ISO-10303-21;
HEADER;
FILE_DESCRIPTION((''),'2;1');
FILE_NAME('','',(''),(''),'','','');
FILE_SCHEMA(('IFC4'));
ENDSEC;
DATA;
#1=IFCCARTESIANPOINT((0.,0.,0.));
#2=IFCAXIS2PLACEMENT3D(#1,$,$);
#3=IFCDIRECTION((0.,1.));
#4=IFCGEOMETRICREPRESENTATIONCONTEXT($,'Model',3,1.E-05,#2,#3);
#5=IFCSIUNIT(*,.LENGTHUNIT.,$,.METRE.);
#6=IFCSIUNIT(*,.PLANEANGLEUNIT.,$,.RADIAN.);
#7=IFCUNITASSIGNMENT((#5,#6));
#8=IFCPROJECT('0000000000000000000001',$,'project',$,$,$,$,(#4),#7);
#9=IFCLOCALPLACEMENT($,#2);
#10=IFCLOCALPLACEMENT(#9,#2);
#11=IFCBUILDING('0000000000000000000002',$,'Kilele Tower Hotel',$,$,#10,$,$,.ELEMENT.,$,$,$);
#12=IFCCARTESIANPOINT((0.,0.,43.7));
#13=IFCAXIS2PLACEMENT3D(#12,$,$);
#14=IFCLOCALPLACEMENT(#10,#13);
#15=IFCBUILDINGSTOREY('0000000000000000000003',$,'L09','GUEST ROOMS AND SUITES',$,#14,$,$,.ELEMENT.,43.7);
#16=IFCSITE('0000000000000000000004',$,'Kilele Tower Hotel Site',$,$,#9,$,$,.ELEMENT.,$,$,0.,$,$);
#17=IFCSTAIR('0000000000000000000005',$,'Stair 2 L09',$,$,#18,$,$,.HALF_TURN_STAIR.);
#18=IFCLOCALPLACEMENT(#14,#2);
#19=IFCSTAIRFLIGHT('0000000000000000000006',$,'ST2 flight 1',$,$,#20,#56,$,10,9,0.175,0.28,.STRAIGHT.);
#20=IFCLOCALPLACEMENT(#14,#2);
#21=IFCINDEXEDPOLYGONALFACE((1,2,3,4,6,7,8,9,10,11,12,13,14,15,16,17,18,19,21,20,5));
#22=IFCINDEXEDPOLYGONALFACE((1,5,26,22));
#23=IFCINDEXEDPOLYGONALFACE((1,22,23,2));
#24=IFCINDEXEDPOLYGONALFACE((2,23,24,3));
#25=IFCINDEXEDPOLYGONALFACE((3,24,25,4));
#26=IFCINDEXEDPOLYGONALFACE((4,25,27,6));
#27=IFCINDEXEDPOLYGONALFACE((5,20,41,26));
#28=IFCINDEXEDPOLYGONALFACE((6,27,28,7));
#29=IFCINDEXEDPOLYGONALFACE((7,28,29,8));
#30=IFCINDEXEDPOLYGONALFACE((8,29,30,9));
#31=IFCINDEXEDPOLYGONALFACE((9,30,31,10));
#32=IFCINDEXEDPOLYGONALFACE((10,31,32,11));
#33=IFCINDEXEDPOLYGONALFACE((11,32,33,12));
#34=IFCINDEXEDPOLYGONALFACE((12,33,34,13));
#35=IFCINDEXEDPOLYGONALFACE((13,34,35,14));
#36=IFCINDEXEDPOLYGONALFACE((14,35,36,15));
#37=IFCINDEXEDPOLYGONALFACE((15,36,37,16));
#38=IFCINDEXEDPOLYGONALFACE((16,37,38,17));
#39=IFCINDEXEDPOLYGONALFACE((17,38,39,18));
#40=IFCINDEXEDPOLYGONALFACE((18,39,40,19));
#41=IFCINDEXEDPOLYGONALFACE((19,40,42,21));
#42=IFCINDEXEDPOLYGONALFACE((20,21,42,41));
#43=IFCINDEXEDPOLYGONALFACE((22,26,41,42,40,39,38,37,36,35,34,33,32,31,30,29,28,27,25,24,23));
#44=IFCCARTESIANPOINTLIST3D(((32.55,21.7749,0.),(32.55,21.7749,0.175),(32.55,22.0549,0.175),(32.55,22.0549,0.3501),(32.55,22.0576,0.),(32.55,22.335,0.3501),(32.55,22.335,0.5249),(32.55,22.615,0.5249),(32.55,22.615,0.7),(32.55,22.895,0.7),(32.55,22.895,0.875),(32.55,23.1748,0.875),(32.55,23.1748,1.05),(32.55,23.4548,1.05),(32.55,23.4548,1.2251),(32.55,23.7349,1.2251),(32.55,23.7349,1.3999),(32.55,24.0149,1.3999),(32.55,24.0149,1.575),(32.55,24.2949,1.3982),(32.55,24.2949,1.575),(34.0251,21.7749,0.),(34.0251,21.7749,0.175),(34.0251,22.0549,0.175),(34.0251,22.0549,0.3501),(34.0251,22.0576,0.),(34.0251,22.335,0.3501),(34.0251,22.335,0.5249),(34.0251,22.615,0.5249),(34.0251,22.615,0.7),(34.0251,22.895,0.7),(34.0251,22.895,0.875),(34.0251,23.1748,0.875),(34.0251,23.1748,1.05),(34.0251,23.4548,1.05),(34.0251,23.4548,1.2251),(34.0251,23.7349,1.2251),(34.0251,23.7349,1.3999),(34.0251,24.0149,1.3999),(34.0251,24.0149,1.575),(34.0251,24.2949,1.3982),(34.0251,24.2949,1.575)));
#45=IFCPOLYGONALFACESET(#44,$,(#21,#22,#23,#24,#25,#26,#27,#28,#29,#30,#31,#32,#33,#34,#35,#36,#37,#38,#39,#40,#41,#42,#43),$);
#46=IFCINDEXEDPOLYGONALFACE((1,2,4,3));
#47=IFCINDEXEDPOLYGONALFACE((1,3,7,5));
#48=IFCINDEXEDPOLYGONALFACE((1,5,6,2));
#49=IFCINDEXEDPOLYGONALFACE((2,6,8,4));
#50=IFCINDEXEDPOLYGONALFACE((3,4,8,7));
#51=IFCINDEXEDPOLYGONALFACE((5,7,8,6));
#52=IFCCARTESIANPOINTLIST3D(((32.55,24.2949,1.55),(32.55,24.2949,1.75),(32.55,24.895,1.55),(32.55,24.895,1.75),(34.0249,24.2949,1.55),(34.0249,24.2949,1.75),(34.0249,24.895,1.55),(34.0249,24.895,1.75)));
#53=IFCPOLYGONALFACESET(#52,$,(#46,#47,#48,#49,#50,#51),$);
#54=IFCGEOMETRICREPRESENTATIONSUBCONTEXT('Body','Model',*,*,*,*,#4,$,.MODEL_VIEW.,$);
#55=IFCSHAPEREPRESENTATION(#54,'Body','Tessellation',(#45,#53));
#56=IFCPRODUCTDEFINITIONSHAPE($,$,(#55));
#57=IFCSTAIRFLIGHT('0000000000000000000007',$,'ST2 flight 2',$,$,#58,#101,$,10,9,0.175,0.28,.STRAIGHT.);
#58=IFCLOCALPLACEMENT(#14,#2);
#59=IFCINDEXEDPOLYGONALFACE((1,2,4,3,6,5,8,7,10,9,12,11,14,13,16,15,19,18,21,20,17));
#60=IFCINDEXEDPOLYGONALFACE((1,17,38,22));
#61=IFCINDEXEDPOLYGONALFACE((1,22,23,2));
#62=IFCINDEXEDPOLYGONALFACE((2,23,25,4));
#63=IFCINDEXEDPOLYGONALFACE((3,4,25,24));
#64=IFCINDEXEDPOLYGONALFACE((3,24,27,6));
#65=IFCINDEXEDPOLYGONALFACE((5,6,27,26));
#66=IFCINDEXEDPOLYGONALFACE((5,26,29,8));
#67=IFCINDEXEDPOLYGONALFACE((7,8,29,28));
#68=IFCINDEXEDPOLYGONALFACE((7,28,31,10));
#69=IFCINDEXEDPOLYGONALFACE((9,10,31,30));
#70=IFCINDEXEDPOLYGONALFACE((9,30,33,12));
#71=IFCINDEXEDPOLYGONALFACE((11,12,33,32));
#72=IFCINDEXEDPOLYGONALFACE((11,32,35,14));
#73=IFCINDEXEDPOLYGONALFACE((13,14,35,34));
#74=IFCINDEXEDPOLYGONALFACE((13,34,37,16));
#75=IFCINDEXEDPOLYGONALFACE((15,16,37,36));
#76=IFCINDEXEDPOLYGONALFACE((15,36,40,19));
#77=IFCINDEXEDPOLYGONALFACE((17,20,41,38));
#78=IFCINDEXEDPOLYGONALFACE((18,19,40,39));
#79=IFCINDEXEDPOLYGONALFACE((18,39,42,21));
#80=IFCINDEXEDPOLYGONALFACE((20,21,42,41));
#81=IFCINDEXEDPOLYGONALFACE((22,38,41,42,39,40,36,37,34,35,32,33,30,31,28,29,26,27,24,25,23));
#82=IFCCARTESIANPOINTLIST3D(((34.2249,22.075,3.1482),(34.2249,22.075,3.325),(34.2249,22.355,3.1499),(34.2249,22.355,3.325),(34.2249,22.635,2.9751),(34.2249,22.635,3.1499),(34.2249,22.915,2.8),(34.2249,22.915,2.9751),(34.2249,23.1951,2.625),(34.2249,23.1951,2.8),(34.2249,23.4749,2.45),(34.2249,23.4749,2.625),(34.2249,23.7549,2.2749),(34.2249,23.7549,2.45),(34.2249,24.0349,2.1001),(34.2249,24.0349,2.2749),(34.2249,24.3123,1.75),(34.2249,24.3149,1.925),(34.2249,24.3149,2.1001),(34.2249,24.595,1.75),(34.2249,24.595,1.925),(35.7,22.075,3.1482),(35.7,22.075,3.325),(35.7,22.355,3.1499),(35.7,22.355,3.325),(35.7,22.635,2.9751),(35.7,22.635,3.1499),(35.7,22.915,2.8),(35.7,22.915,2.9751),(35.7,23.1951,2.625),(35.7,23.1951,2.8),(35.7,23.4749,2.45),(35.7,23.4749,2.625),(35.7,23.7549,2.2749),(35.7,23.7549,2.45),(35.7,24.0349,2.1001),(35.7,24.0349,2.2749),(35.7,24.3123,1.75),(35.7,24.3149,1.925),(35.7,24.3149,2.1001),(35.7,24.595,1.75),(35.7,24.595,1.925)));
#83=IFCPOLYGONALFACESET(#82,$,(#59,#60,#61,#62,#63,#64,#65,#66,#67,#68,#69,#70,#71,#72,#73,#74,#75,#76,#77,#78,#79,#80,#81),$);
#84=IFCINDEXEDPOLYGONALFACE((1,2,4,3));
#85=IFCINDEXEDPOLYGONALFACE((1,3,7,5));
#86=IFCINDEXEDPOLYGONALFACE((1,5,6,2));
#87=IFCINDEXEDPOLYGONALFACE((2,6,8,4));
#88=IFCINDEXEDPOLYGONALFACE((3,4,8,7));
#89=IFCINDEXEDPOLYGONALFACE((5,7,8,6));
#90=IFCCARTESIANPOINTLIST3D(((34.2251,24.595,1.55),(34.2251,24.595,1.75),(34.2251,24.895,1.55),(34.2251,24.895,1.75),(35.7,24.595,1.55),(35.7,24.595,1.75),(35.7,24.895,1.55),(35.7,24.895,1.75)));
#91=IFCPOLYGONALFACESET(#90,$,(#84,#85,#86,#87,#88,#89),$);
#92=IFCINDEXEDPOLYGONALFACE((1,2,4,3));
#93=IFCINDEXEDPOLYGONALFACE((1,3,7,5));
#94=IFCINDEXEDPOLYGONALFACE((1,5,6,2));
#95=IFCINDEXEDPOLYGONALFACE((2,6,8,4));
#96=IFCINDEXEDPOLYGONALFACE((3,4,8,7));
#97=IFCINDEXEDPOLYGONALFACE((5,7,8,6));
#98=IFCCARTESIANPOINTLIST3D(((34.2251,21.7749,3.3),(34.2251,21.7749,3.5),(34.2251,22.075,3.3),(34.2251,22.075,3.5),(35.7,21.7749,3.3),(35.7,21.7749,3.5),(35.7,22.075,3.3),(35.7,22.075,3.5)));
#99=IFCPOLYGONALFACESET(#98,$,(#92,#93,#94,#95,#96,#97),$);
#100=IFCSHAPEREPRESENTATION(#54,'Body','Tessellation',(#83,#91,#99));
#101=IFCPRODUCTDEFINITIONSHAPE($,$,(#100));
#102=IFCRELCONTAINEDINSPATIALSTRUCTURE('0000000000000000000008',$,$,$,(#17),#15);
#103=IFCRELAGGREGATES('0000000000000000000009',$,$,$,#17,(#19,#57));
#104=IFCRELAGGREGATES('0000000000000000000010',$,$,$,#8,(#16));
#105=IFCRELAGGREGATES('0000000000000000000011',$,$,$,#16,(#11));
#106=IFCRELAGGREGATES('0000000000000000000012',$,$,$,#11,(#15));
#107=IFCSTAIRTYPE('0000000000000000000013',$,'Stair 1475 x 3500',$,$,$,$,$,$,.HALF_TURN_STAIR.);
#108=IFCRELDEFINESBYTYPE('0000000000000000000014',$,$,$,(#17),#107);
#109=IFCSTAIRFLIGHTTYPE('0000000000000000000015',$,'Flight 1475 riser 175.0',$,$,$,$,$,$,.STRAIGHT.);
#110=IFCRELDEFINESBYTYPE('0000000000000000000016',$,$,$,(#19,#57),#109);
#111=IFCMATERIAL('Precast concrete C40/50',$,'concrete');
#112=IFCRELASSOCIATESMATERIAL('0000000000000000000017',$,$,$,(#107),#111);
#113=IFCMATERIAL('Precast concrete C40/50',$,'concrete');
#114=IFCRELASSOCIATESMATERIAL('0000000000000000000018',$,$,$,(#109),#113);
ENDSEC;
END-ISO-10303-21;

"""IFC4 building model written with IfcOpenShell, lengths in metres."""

from ifc_helpers import new_model, si_unit, direction, frame, origin, place, context, subcontext, project, spatial, polyline, outline, extrude, material, type_object, element, aggregate, save


model = new_model("IFC4")

# Units and contexts
model_context = context("Model", 3, precision=1e-05, world=origin(), true_north=direction((0.0, 1.0)))
body_context = subcontext(model_context, "Body", "Model", "MODEL_VIEW")
ifc_project = project(units=[si_unit("LENGTHUNIT", "METRE"), si_unit("PLANEANGLEUNIT", "RADIAN")], contexts=[model_context])

# Site, building, storey
site_placement = place(None, origin())
site = spatial("IfcSite", under=ifc_project, at=site_placement, Name="Kilele Tower Hotel Site", CompositionType="ELEMENT", RefElevation=0.0)
building_placement = place(site_placement, origin())
building = spatial("IfcBuilding", under=site, at=building_placement, Name="Kilele Tower Hotel", CompositionType="ELEMENT")
storey_placement = place(building_placement, frame((0.0, 0.0, 43.7)))
storey = spatial("IfcBuildingStorey", under=building, at=storey_placement, Name="L09", Description="GUEST ROOMS AND SUITES", CompositionType="ELEMENT", Elevation=43.7)

# Stair, stair flights
ifc_material_1 = material(Name="Precast concrete C40/50", Category="concrete")
stair_type = type_object("IfcStairType", Name="Stair 1475 x 3500", PredefinedType="HALF_TURN_STAIR", material=ifc_material_1)
stair_placement = place(storey_placement, origin())
stair = element("IfcStair", 1, at=stair_placement, inside=storey, type_object=stair_type, Name="Stair 2 L09", PredefinedType="HALF_TURN_STAIR")
ifc_material_2 = material(Name="Precast concrete C40/50", Category="concrete")
stair_flight_type = type_object("IfcStairFlightType", Name="Flight 1475 riser 175.0", PredefinedType="STRAIGHT", material=ifc_material_2)
stair_flight_1_placement = place(storey_placement, frame((33.2876, 21.7749, 0.0), z_axis=(0.0, 0.0, 1.0), x_axis=(0.0, 1.0, 0.0)))
stair_flight_1 = element("IfcStairFlight", 2, at=stair_flight_1_placement, type_object=stair_flight_type, Name="ST2 flight 1", NumberOfRisers=10, NumberOfTreads=9, PredefinedType="STRAIGHT", RiserHeight=0.175, TreadLength=0.28, context=body_context, shape_type="SweptSolid", body=[
    extrude(outline(polyline([(0.0, 0.0), (0.0, 0.175), (0.28, 0.175), (0.28, 0.3501), (0.5601, 0.3501), (0.5601, 0.5249), (0.8401, 0.5249), (0.8401, 0.7), (1.1201, 0.7), (1.1201, 0.875), (1.3999, 0.875), (1.3999, 1.05), (1.6799, 1.05), (1.6799, 1.2251), (1.96, 1.2251), (1.96, 1.3999), (2.24, 1.3999), (2.24, 1.575), (2.52, 1.575), (2.52, 1.75), (2.52, 1.3982), (0.2827, 0.0), (0.0, 0.0)])), frame((0.0, 0.7375, 0.0), z_axis=(0.0, -1.0, 0.0), x_axis=(1.0, 0.0, 0.0)), (0.0, 0.0, 1.0), 1.4751),
    extrude(outline(polyline([(2.52, 0.7375), (2.52, -0.7373), (3.1201, -0.7373), (3.1201, 0.7375), (2.52, 0.7375)])), frame((0.0, 0.0, 1.55)), (0.0, 0.0, 1.0), 0.2),
])
stair_flight_2_placement = place(storey_placement, frame((34.9624, 24.595, 1.75), z_axis=(0.0, 0.0, 1.0), x_axis=(0.0, -1.0, 0.0)))
stair_flight_2 = element("IfcStairFlight", 3, at=stair_flight_2_placement, type_object=stair_flight_type, Name="ST2 flight 2", NumberOfRisers=10, NumberOfTreads=9, PredefinedType="STRAIGHT", RiserHeight=0.175, TreadLength=0.28, context=body_context, shape_type="SweptSolid", body=[
    extrude(outline(polyline([(0.0, 0.0), (0.0, 0.175), (0.28, 0.175), (0.28, 0.3501), (0.5601, 0.3501), (0.5601, 0.5249), (0.8401, 0.5249), (0.8401, 0.7), (1.1201, 0.7), (1.1201, 0.875), (1.3999, 0.875), (1.3999, 1.05), (1.6799, 1.05), (1.6799, 1.2251), (1.96, 1.2251), (1.96, 1.3999), (2.24, 1.3999), (2.24, 1.575), (2.52, 1.575), (2.52, 1.75), (2.52, 1.3982), (0.2827, 0.0), (0.0, 0.0)])), frame((0.0, 0.7375, 0.0), z_axis=(0.0, -1.0, 0.0), x_axis=(1.0, 0.0, 0.0)), (0.0, 0.0, 1.0), 1.4751),
    extrude(outline(polyline([(0.0, -0.7373), (0.0, 0.7375), (-0.3, 0.7375), (-0.3, -0.7373), (0.0, -0.7373)])), frame((0.0, 0.0, -0.2)), (0.0, 0.0, 1.0), 0.2),
    extrude(outline(polyline([(2.8201, -0.7373), (2.8201, 0.7375), (2.52, 0.7375), (2.52, -0.7373), (2.8201, -0.7373)])), frame((0.0, 0.0, 1.55)), (0.0, 0.0, 1.0), 0.2),
])
aggregate(stair, [stair_flight_1, stair_flight_2])

save(model, "model.ifc")
